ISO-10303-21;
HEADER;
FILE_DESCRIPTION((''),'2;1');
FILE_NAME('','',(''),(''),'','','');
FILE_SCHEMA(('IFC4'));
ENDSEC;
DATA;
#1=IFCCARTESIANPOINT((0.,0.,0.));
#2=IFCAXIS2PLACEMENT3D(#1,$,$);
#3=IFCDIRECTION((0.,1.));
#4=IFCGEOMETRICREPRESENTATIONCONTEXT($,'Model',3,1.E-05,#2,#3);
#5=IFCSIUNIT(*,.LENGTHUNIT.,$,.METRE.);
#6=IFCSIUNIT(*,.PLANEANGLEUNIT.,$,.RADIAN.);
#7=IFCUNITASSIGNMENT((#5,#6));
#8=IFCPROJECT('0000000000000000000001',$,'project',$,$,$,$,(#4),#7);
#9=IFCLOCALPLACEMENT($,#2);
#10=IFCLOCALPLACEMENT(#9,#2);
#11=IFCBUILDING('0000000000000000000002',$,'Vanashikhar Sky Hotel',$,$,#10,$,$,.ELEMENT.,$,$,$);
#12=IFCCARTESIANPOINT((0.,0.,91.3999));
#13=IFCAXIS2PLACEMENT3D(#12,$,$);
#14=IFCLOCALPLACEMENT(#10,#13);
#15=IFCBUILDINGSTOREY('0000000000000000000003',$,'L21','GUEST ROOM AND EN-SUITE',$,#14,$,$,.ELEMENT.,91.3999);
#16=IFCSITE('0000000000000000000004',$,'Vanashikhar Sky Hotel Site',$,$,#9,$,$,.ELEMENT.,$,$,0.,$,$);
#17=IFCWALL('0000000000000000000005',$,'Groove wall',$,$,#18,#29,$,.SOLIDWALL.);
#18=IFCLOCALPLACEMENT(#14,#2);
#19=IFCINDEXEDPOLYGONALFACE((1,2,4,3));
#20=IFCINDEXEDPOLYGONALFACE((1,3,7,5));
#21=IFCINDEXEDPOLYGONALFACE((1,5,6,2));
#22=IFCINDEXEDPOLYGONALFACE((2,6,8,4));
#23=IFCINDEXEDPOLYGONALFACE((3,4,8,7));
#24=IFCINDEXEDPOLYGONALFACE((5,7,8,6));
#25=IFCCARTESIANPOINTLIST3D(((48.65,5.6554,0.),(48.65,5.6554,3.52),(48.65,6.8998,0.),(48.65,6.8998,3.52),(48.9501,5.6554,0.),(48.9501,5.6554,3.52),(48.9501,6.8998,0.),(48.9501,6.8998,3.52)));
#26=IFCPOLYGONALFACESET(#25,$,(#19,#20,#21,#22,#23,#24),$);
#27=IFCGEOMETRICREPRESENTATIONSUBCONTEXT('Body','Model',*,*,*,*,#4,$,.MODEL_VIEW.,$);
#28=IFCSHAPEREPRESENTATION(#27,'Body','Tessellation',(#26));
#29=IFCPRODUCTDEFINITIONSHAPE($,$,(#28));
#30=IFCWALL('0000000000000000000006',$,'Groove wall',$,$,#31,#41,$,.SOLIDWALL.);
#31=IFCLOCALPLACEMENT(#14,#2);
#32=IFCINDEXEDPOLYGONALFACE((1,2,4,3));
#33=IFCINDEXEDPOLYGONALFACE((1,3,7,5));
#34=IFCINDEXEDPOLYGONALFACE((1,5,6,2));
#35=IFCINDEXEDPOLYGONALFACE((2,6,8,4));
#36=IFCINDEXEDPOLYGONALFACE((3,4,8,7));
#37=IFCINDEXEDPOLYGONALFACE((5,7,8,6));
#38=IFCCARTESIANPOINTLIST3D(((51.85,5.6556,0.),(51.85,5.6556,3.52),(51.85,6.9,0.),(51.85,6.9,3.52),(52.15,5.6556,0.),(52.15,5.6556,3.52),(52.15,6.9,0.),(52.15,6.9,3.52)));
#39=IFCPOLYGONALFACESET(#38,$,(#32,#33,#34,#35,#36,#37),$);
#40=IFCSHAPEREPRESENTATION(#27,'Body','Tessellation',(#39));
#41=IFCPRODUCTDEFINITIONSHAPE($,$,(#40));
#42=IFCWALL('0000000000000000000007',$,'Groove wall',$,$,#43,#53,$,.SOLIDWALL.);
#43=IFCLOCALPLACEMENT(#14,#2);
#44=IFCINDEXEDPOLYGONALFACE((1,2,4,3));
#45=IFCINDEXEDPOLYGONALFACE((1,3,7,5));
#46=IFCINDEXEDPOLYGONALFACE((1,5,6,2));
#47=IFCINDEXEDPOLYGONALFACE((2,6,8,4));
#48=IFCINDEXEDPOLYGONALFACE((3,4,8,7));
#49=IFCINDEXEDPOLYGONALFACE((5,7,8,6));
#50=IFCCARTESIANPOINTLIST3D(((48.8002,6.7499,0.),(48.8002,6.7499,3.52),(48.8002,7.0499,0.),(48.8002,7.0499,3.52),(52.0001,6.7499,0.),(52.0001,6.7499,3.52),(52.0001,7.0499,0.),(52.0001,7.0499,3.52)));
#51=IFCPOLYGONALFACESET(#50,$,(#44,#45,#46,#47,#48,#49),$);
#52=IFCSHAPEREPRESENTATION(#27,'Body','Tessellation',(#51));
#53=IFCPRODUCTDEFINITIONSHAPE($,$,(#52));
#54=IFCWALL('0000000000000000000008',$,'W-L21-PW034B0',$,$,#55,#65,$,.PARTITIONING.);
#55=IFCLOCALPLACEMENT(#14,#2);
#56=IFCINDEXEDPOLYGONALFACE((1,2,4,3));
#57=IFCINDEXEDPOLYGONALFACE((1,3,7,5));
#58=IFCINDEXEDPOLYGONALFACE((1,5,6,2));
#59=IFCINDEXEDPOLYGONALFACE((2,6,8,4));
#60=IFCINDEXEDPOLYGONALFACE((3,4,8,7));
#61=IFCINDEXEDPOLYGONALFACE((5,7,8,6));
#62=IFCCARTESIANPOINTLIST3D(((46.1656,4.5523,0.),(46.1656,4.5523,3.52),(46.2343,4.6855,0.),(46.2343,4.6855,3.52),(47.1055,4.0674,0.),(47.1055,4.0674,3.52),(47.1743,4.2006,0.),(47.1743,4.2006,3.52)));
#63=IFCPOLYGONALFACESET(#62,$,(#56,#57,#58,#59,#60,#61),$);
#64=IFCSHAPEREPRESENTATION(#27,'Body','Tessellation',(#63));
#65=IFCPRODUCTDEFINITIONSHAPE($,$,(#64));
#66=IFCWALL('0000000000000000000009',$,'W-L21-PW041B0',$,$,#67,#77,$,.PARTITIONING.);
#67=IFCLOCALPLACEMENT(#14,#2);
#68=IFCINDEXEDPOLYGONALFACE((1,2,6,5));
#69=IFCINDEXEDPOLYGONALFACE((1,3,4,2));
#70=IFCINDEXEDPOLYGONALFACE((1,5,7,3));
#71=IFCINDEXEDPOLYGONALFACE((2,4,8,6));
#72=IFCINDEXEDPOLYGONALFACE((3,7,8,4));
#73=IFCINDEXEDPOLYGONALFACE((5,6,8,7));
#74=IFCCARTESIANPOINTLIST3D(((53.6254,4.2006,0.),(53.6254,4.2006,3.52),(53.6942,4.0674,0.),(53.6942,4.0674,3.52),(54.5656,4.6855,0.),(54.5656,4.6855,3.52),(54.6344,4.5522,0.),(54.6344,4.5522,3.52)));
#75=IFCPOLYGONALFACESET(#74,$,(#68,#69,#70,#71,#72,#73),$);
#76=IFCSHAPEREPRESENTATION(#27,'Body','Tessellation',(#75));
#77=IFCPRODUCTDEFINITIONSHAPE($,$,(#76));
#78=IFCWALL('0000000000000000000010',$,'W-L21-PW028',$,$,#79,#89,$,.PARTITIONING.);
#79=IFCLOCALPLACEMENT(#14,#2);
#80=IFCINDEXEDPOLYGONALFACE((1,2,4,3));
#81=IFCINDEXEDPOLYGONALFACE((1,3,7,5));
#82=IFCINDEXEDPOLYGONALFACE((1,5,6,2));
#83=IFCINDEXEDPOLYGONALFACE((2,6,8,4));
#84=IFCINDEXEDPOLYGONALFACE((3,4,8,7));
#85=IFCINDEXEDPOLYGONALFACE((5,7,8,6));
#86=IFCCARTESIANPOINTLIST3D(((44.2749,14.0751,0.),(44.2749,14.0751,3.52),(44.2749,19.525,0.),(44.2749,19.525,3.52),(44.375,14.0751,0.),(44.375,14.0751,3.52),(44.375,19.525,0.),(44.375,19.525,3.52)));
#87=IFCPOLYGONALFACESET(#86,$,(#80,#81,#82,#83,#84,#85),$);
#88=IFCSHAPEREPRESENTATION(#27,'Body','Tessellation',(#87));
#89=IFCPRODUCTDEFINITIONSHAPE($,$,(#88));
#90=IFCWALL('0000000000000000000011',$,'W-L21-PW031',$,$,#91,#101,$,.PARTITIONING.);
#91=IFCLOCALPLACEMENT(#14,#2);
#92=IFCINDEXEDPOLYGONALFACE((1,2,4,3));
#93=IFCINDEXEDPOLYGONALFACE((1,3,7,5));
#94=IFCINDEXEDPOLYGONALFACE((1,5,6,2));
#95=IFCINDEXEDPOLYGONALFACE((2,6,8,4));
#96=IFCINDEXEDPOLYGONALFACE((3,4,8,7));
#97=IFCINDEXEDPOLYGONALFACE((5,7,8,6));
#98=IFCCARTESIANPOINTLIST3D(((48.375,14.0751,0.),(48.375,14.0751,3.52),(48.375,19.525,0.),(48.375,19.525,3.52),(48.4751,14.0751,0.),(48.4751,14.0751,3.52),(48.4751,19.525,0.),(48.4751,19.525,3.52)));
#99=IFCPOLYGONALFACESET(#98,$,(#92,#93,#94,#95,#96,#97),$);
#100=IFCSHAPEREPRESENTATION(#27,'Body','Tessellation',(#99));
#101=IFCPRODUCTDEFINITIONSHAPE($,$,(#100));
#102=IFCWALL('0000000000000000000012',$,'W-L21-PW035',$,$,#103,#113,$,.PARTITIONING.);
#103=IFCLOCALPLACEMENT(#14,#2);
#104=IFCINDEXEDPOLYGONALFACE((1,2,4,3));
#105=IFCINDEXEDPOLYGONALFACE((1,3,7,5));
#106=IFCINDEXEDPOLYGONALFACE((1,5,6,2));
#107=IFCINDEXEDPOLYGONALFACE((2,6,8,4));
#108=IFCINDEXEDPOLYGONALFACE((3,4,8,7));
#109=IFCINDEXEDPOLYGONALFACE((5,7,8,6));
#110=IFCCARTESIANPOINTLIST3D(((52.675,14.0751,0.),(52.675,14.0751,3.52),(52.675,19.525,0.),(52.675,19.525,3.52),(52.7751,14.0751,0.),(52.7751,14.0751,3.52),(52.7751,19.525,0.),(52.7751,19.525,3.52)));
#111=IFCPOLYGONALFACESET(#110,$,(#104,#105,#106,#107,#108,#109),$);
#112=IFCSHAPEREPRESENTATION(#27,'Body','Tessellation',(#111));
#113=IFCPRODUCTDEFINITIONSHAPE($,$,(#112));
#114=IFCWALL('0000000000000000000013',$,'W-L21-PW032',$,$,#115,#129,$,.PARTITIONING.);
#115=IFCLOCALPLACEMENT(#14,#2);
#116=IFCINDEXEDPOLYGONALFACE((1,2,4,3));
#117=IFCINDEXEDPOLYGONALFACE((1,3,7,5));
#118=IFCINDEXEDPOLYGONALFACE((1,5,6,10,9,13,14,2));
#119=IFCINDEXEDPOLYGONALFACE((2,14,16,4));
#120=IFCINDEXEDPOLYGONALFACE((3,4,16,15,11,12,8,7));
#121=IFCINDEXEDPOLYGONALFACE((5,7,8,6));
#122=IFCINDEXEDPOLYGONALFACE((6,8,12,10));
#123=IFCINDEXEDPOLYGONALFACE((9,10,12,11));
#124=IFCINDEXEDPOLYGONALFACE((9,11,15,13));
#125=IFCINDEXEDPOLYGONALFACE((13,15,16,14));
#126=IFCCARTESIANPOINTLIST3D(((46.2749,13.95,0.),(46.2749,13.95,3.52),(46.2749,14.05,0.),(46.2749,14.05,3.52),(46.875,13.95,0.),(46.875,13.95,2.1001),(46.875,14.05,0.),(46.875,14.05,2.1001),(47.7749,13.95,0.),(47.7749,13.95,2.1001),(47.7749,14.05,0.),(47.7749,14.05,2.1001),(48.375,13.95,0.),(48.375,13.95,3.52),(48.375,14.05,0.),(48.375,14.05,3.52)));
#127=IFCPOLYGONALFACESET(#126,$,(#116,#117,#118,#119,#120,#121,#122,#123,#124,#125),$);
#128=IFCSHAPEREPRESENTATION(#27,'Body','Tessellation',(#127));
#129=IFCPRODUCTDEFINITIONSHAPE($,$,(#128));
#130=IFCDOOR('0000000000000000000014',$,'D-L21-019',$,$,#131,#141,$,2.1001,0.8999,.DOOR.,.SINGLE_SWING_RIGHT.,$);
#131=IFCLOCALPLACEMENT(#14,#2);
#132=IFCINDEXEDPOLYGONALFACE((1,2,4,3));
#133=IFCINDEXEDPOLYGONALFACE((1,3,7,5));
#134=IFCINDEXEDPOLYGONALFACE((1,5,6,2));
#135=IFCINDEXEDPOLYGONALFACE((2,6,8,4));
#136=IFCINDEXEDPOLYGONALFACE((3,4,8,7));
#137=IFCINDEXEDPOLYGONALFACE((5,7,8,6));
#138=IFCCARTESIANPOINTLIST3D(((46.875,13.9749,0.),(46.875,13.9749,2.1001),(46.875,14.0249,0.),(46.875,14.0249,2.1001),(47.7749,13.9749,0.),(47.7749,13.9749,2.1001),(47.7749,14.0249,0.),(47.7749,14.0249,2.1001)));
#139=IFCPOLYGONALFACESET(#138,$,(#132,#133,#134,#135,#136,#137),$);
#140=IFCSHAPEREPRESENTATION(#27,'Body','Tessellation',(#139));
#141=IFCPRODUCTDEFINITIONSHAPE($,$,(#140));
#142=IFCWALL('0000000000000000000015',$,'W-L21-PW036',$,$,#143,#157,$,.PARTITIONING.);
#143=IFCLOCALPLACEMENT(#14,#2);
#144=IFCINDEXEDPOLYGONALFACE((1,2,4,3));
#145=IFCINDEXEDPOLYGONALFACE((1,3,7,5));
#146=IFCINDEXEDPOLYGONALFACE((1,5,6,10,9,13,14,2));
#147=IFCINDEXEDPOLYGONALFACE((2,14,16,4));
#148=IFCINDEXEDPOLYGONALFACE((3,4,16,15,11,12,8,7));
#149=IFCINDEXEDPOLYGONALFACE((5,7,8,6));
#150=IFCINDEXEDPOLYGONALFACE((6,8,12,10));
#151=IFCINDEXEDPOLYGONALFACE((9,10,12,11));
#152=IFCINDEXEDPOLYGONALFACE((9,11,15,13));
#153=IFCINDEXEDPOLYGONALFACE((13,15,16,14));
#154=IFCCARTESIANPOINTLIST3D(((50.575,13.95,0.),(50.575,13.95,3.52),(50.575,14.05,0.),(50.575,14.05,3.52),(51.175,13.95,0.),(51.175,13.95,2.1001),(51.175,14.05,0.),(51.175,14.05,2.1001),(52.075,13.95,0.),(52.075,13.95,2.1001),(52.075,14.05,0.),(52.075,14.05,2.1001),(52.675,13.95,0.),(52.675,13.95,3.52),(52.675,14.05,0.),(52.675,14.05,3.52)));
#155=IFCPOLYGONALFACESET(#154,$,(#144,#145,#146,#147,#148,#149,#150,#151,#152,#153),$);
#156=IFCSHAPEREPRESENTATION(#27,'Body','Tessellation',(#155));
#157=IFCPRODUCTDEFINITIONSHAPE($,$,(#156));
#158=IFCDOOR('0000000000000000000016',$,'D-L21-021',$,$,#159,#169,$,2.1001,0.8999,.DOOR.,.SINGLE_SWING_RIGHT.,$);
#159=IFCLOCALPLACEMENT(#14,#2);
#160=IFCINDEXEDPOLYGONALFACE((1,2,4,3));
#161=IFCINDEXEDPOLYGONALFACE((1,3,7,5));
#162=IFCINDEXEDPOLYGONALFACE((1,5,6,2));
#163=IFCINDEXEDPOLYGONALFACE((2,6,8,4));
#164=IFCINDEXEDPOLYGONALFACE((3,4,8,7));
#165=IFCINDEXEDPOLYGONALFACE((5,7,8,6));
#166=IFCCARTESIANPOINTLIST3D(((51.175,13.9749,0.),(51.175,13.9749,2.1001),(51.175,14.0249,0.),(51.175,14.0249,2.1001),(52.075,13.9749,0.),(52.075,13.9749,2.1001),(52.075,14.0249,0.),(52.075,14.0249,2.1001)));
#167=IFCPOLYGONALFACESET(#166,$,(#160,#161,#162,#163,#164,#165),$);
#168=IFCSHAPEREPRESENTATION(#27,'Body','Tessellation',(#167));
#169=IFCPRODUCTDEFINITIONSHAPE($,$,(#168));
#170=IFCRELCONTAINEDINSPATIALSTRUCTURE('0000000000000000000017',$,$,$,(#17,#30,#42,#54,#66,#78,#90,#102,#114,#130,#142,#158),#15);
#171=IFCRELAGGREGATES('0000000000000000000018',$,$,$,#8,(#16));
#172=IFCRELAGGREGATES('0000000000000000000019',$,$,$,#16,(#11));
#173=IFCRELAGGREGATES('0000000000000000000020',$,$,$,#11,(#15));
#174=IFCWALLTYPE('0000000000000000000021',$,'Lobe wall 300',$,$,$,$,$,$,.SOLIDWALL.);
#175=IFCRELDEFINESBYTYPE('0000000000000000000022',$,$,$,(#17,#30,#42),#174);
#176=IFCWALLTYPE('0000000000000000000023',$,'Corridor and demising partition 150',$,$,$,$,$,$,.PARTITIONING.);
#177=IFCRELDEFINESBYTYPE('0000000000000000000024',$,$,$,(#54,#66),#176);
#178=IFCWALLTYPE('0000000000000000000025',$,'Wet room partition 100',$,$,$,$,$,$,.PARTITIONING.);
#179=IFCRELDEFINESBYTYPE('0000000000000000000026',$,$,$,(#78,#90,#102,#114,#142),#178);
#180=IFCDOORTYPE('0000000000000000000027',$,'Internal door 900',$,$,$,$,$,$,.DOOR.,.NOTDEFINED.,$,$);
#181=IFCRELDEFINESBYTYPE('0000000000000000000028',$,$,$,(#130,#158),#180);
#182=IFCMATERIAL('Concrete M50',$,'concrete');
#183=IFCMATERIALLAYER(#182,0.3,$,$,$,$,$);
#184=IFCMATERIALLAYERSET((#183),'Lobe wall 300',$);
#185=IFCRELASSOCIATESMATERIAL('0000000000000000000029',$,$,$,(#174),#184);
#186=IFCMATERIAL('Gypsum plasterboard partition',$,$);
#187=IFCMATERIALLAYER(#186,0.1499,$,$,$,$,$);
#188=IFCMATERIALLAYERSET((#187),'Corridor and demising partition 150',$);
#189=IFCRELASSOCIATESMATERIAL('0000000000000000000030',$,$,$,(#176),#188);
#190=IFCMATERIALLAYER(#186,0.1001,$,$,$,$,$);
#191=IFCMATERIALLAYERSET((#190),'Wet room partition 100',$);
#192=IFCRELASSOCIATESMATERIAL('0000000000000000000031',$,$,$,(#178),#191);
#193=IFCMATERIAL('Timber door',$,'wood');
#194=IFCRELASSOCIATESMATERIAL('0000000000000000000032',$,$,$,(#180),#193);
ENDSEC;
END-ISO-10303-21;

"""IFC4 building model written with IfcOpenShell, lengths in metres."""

from ifc_helpers import new_model, si_unit, direction, frame, frame_2d, origin, place, context, subcontext, project, spatial, rectangle, extrude, source, transform, mapped, material, layer, layer_set, type_object, element, fill, save


model = new_model("IFC4")

# Units and contexts
model_context = context("Model", 3, precision=1e-05, world=origin(), true_north=direction((0.0, 1.0)))
body_context = subcontext(model_context, "Body", "Model", "MODEL_VIEW")
ifc_project = project(units=[si_unit("LENGTHUNIT", "METRE"), si_unit("PLANEANGLEUNIT", "RADIAN")], contexts=[model_context])

# Site, building, storey
site_placement = place(None, origin())
site = spatial("IfcSite", under=ifc_project, at=site_placement, Name="Vanashikhar Sky Hotel Site", CompositionType="ELEMENT", RefElevation=0.0)
building_placement = place(site_placement, origin())
building = spatial("IfcBuilding", under=site, at=building_placement, Name="Vanashikhar Sky Hotel", CompositionType="ELEMENT")
storey_placement = place(building_placement, frame((0.0, 0.0, 91.3999)))
storey = spatial("IfcBuildingStorey", under=building, at=storey_placement, Name="L21", Description="GUEST ROOM AND EN-SUITE", CompositionType="ELEMENT", Elevation=91.3999)

# Shared definitions
ifc_material_1 = material(Name="Concrete M50", Category="concrete")
ifc_layer_1 = layer(ifc_material_1, 0.3)
ifc_layer_set_1 = layer_set([ifc_layer_1], Name="Lobe wall 300")
wall_type_1 = type_object("IfcWallType", Name="Lobe wall 300", PredefinedType="SOLIDWALL", material=ifc_layer_set_1)

# Walls
shared_shape_1 = source(origin(), body_context, "Body", "SweptSolid", [
    extrude(rectangle(XDim=1.2444, YDim=0.3, at=frame_2d((0.6221, 0.0))), origin(), (0.0, 0.0, 1.0), 3.52),
])
for number, where, z_axis, x_axis, name in (
    (1, (48.8, 5.6555, 0.0), (0.0, 0.0, 1.0), (0.0, 1.0, 0.0), "Groove wall"),
    (2, (52.0, 6.8999, 0.0), (0.0, 0.0, 1.0), (0.0, -1.0, 0.0), "Groove wall"),
):
    element("IfcWall", number, at=place(storey_placement, frame(where, z_axis=z_axis, x_axis=x_axis)), inside=storey, type_object=wall_type_1, Name=name, PredefinedType="SOLIDWALL", context=body_context, shape_type="MappedRepresentation", body=[
        mapped(shared_shape_1, transform((0.0, 0.0, 0.0), scale=1.0)),
    ])
shared_shape_2 = source(origin(), body_context, "Body", "SweptSolid", [
    extrude(rectangle(XDim=3.2, YDim=0.3, at=frame_2d((1.6001, 0.0))), origin(), (0.0, 0.0, 1.0), 3.52),
])
wall_1_placement = place(storey_placement, frame((48.8, 6.8999, 0.0), z_axis=(0.0, 0.0, 1.0), x_axis=(1.0, 0.0, 0.0)))
element("IfcWall", 3, at=wall_1_placement, inside=storey, type_object=wall_type_1, Name="Groove wall", PredefinedType="SOLIDWALL", context=body_context, shape_type="MappedRepresentation", body=[
    mapped(shared_shape_2, transform((0.0, 0.0, 0.0), scale=1.0)),
])
ifc_material_2 = material(Name="Gypsum plasterboard partition")
ifc_layer_2 = layer(ifc_material_2, 0.1499)
ifc_layer_set_2 = layer_set([ifc_layer_2], Name="Corridor and demising partition 150")
wall_type_2 = type_object("IfcWallType", Name="Corridor and demising partition 150", PredefinedType="PARTITIONING", material=ifc_layer_set_2)
shared_shape_3 = source(origin(), body_context, "Body", "SweptSolid", [
    extrude(rectangle(XDim=1.0576, YDim=0.1499, at=frame_2d((0.5288, 0.0))), origin(), (0.0, 0.0, 1.0), 3.52),
])
wall_2_placement = place(storey_placement, frame((47.1399, 4.134, 0.0), z_axis=(0.0, 0.0, 1.0), x_axis=(-0.888724, 0.458443, 0.0)))
element("IfcWall", 4, at=wall_2_placement, inside=storey, type_object=wall_type_2, Name="W-L21-PW034B0", PredefinedType="PARTITIONING", context=body_context, shape_type="MappedRepresentation", body=[
    mapped(shared_shape_3, transform((0.0, 0.0, 0.0), scale=1.0)),
])
shared_shape_4 = source(origin(), body_context, "Body", "SweptSolid", [
    extrude(rectangle(XDim=1.0579, YDim=0.1499, at=frame_2d((0.5288, 0.0))), origin(), (0.0, 0.0, 1.0), 3.52),
])
wall_3_placement = place(storey_placement, frame((53.6599, 4.134, 0.0), z_axis=(0.0, 0.0, 1.0), x_axis=(0.888772, 0.458349, 0.0)))
element("IfcWall", 5, at=wall_3_placement, inside=storey, type_object=wall_type_2, Name="W-L21-PW041B0", PredefinedType="PARTITIONING", context=body_context, shape_type="MappedRepresentation", body=[
    mapped(shared_shape_4, transform((0.0, 0.0, 0.0), scale=1.0)),
])
ifc_layer_3 = layer(ifc_material_2, 0.1001)
ifc_layer_set_3 = layer_set([ifc_layer_3], Name="Wet room partition 100")
wall_type_3 = type_object("IfcWallType", Name="Wet room partition 100", PredefinedType="PARTITIONING", material=ifc_layer_set_3)
shared_shape_5 = source(origin(), body_context, "Body", "SweptSolid", [
    extrude(rectangle(XDim=5.45, YDim=0.1001, at=frame_2d((2.7251, 0.0))), origin(), (0.0, 0.0, 1.0), 3.52),
])
for number, where, z_axis, x_axis, name in (
    (6, (44.325, 14.075, 0.0), (0.0, 0.0, 1.0), (0.0, 1.0, 0.0), "W-L21-PW028"),
    (7, (48.425, 14.075, 0.0), (0.0, 0.0, 1.0), (0.0, 1.0, 0.0), "W-L21-PW031"),
    (8, (52.7251, 14.075, 0.0), (0.0, 0.0, 1.0), (0.0, 1.0, 0.0), "W-L21-PW035"),
):
    element("IfcWall", number, at=place(storey_placement, frame(where, z_axis=z_axis, x_axis=x_axis)), inside=storey, type_object=wall_type_3, Name=name, PredefinedType="PARTITIONING", context=body_context, shape_type="MappedRepresentation", body=[
        mapped(shared_shape_5, transform((0.0, 0.0, 0.0), scale=1.0)),
    ])

# Walls, openings, doors
shared_shape_6 = source(origin(), body_context, "Body", "SweptSolid", [
    extrude(rectangle(XDim=2.1001, YDim=0.1001, at=frame_2d((1.05, 0.0))), origin(), (0.0, 0.0, 1.0), 3.52),
])
wall_4_placement = place(storey_placement, frame((46.2749, 14.0, 0.0), z_axis=(0.0, 0.0, 1.0), x_axis=(1.0, 0.0, 0.0)))
wall_4 = element("IfcWall", 9, at=wall_4_placement, inside=storey, type_object=wall_type_3, Name="W-L21-PW032", PredefinedType="PARTITIONING", context=body_context, shape_type="MappedRepresentation", body=[
    mapped(shared_shape_6, transform((0.0, 0.0, 0.0), scale=1.0)),
])
shared_shape_7 = source(origin(), body_context, "Body", "SweptSolid", [
    extrude(rectangle(XDim=0.8999, YDim=2.1001, at=frame_2d((0.45, 1.05))), frame((0.0, 0.0601, 0.0), z_axis=(0.0, -1.0, 0.0), x_axis=(1.0, 0.0, 0.0)), (0.0, 0.0, 1.0), 0.1201),
])
opening_1_placement = place(wall_4_placement, frame((0.6001, 0.0, 0.0)))
opening_1 = element("IfcOpeningElement", 10, at=opening_1_placement, cuts=wall_4, PredefinedType="OPENING", context=body_context, shape_type="MappedRepresentation", body=[
    mapped(shared_shape_7, transform((0.0, 0.0, 0.0), scale=1.0)),
])
ifc_material_3 = material(Name="Timber door", Category="wood")
door_type = type_object("IfcDoorType", Name="Internal door 900", OperationType="NOTDEFINED", PredefinedType="DOOR", material=ifc_material_3)
shared_shape_8 = source(origin(), body_context, "Body", "SweptSolid", [
    extrude(rectangle(XDim=0.8999, YDim=2.1001, at=frame_2d((0.45, 1.05))), frame((0.0, 0.0249, 0.0), z_axis=(0.0, -1.0, 0.0), x_axis=(1.0, 0.0, 0.0)), (0.0, 0.0, 1.0), 0.05),
])
door_1_placement = place(opening_1_placement, origin())
door_1 = element("IfcDoor", 11, at=door_1_placement, inside=storey, type_object=door_type, Name="D-L21-019", OperationType="SINGLE_SWING_RIGHT", OverallHeight=2.1001, OverallWidth=0.8999, PredefinedType="DOOR", context=body_context, shape_type="MappedRepresentation", body=[
    mapped(shared_shape_8, transform((0.0, 0.0, 0.0), scale=1.0)),
])
fill(opening_1, door_1)
wall_5_placement = place(storey_placement, frame((50.575, 14.0, 0.0), z_axis=(0.0, 0.0, 1.0), x_axis=(1.0, 0.0, 0.0)))
wall_5 = element("IfcWall", 12, at=wall_5_placement, inside=storey, type_object=wall_type_3, Name="W-L21-PW036", PredefinedType="PARTITIONING", context=body_context, shape_type="MappedRepresentation", body=[
    mapped(shared_shape_6, transform((0.0, 0.0, 0.0), scale=1.0)),
])
opening_2_placement = place(wall_5_placement, frame((0.6001, 0.0, 0.0)))
opening_2 = element("IfcOpeningElement", 13, at=opening_2_placement, cuts=wall_5, PredefinedType="OPENING", context=body_context, shape_type="MappedRepresentation", body=[
    mapped(shared_shape_7, transform((0.0, 0.0, 0.0), scale=1.0)),
])
door_2_placement = place(opening_2_placement, origin())
door_2 = element("IfcDoor", 14, at=door_2_placement, inside=storey, type_object=door_type, Name="D-L21-021", OperationType="SINGLE_SWING_RIGHT", OverallHeight=2.1001, OverallWidth=0.8999, PredefinedType="DOOR", context=body_context, shape_type="MappedRepresentation", body=[
    mapped(shared_shape_8, transform((0.0, 0.0, 0.0), scale=1.0)),
])
fill(opening_2, door_2)

save(model, "model.ifc")
